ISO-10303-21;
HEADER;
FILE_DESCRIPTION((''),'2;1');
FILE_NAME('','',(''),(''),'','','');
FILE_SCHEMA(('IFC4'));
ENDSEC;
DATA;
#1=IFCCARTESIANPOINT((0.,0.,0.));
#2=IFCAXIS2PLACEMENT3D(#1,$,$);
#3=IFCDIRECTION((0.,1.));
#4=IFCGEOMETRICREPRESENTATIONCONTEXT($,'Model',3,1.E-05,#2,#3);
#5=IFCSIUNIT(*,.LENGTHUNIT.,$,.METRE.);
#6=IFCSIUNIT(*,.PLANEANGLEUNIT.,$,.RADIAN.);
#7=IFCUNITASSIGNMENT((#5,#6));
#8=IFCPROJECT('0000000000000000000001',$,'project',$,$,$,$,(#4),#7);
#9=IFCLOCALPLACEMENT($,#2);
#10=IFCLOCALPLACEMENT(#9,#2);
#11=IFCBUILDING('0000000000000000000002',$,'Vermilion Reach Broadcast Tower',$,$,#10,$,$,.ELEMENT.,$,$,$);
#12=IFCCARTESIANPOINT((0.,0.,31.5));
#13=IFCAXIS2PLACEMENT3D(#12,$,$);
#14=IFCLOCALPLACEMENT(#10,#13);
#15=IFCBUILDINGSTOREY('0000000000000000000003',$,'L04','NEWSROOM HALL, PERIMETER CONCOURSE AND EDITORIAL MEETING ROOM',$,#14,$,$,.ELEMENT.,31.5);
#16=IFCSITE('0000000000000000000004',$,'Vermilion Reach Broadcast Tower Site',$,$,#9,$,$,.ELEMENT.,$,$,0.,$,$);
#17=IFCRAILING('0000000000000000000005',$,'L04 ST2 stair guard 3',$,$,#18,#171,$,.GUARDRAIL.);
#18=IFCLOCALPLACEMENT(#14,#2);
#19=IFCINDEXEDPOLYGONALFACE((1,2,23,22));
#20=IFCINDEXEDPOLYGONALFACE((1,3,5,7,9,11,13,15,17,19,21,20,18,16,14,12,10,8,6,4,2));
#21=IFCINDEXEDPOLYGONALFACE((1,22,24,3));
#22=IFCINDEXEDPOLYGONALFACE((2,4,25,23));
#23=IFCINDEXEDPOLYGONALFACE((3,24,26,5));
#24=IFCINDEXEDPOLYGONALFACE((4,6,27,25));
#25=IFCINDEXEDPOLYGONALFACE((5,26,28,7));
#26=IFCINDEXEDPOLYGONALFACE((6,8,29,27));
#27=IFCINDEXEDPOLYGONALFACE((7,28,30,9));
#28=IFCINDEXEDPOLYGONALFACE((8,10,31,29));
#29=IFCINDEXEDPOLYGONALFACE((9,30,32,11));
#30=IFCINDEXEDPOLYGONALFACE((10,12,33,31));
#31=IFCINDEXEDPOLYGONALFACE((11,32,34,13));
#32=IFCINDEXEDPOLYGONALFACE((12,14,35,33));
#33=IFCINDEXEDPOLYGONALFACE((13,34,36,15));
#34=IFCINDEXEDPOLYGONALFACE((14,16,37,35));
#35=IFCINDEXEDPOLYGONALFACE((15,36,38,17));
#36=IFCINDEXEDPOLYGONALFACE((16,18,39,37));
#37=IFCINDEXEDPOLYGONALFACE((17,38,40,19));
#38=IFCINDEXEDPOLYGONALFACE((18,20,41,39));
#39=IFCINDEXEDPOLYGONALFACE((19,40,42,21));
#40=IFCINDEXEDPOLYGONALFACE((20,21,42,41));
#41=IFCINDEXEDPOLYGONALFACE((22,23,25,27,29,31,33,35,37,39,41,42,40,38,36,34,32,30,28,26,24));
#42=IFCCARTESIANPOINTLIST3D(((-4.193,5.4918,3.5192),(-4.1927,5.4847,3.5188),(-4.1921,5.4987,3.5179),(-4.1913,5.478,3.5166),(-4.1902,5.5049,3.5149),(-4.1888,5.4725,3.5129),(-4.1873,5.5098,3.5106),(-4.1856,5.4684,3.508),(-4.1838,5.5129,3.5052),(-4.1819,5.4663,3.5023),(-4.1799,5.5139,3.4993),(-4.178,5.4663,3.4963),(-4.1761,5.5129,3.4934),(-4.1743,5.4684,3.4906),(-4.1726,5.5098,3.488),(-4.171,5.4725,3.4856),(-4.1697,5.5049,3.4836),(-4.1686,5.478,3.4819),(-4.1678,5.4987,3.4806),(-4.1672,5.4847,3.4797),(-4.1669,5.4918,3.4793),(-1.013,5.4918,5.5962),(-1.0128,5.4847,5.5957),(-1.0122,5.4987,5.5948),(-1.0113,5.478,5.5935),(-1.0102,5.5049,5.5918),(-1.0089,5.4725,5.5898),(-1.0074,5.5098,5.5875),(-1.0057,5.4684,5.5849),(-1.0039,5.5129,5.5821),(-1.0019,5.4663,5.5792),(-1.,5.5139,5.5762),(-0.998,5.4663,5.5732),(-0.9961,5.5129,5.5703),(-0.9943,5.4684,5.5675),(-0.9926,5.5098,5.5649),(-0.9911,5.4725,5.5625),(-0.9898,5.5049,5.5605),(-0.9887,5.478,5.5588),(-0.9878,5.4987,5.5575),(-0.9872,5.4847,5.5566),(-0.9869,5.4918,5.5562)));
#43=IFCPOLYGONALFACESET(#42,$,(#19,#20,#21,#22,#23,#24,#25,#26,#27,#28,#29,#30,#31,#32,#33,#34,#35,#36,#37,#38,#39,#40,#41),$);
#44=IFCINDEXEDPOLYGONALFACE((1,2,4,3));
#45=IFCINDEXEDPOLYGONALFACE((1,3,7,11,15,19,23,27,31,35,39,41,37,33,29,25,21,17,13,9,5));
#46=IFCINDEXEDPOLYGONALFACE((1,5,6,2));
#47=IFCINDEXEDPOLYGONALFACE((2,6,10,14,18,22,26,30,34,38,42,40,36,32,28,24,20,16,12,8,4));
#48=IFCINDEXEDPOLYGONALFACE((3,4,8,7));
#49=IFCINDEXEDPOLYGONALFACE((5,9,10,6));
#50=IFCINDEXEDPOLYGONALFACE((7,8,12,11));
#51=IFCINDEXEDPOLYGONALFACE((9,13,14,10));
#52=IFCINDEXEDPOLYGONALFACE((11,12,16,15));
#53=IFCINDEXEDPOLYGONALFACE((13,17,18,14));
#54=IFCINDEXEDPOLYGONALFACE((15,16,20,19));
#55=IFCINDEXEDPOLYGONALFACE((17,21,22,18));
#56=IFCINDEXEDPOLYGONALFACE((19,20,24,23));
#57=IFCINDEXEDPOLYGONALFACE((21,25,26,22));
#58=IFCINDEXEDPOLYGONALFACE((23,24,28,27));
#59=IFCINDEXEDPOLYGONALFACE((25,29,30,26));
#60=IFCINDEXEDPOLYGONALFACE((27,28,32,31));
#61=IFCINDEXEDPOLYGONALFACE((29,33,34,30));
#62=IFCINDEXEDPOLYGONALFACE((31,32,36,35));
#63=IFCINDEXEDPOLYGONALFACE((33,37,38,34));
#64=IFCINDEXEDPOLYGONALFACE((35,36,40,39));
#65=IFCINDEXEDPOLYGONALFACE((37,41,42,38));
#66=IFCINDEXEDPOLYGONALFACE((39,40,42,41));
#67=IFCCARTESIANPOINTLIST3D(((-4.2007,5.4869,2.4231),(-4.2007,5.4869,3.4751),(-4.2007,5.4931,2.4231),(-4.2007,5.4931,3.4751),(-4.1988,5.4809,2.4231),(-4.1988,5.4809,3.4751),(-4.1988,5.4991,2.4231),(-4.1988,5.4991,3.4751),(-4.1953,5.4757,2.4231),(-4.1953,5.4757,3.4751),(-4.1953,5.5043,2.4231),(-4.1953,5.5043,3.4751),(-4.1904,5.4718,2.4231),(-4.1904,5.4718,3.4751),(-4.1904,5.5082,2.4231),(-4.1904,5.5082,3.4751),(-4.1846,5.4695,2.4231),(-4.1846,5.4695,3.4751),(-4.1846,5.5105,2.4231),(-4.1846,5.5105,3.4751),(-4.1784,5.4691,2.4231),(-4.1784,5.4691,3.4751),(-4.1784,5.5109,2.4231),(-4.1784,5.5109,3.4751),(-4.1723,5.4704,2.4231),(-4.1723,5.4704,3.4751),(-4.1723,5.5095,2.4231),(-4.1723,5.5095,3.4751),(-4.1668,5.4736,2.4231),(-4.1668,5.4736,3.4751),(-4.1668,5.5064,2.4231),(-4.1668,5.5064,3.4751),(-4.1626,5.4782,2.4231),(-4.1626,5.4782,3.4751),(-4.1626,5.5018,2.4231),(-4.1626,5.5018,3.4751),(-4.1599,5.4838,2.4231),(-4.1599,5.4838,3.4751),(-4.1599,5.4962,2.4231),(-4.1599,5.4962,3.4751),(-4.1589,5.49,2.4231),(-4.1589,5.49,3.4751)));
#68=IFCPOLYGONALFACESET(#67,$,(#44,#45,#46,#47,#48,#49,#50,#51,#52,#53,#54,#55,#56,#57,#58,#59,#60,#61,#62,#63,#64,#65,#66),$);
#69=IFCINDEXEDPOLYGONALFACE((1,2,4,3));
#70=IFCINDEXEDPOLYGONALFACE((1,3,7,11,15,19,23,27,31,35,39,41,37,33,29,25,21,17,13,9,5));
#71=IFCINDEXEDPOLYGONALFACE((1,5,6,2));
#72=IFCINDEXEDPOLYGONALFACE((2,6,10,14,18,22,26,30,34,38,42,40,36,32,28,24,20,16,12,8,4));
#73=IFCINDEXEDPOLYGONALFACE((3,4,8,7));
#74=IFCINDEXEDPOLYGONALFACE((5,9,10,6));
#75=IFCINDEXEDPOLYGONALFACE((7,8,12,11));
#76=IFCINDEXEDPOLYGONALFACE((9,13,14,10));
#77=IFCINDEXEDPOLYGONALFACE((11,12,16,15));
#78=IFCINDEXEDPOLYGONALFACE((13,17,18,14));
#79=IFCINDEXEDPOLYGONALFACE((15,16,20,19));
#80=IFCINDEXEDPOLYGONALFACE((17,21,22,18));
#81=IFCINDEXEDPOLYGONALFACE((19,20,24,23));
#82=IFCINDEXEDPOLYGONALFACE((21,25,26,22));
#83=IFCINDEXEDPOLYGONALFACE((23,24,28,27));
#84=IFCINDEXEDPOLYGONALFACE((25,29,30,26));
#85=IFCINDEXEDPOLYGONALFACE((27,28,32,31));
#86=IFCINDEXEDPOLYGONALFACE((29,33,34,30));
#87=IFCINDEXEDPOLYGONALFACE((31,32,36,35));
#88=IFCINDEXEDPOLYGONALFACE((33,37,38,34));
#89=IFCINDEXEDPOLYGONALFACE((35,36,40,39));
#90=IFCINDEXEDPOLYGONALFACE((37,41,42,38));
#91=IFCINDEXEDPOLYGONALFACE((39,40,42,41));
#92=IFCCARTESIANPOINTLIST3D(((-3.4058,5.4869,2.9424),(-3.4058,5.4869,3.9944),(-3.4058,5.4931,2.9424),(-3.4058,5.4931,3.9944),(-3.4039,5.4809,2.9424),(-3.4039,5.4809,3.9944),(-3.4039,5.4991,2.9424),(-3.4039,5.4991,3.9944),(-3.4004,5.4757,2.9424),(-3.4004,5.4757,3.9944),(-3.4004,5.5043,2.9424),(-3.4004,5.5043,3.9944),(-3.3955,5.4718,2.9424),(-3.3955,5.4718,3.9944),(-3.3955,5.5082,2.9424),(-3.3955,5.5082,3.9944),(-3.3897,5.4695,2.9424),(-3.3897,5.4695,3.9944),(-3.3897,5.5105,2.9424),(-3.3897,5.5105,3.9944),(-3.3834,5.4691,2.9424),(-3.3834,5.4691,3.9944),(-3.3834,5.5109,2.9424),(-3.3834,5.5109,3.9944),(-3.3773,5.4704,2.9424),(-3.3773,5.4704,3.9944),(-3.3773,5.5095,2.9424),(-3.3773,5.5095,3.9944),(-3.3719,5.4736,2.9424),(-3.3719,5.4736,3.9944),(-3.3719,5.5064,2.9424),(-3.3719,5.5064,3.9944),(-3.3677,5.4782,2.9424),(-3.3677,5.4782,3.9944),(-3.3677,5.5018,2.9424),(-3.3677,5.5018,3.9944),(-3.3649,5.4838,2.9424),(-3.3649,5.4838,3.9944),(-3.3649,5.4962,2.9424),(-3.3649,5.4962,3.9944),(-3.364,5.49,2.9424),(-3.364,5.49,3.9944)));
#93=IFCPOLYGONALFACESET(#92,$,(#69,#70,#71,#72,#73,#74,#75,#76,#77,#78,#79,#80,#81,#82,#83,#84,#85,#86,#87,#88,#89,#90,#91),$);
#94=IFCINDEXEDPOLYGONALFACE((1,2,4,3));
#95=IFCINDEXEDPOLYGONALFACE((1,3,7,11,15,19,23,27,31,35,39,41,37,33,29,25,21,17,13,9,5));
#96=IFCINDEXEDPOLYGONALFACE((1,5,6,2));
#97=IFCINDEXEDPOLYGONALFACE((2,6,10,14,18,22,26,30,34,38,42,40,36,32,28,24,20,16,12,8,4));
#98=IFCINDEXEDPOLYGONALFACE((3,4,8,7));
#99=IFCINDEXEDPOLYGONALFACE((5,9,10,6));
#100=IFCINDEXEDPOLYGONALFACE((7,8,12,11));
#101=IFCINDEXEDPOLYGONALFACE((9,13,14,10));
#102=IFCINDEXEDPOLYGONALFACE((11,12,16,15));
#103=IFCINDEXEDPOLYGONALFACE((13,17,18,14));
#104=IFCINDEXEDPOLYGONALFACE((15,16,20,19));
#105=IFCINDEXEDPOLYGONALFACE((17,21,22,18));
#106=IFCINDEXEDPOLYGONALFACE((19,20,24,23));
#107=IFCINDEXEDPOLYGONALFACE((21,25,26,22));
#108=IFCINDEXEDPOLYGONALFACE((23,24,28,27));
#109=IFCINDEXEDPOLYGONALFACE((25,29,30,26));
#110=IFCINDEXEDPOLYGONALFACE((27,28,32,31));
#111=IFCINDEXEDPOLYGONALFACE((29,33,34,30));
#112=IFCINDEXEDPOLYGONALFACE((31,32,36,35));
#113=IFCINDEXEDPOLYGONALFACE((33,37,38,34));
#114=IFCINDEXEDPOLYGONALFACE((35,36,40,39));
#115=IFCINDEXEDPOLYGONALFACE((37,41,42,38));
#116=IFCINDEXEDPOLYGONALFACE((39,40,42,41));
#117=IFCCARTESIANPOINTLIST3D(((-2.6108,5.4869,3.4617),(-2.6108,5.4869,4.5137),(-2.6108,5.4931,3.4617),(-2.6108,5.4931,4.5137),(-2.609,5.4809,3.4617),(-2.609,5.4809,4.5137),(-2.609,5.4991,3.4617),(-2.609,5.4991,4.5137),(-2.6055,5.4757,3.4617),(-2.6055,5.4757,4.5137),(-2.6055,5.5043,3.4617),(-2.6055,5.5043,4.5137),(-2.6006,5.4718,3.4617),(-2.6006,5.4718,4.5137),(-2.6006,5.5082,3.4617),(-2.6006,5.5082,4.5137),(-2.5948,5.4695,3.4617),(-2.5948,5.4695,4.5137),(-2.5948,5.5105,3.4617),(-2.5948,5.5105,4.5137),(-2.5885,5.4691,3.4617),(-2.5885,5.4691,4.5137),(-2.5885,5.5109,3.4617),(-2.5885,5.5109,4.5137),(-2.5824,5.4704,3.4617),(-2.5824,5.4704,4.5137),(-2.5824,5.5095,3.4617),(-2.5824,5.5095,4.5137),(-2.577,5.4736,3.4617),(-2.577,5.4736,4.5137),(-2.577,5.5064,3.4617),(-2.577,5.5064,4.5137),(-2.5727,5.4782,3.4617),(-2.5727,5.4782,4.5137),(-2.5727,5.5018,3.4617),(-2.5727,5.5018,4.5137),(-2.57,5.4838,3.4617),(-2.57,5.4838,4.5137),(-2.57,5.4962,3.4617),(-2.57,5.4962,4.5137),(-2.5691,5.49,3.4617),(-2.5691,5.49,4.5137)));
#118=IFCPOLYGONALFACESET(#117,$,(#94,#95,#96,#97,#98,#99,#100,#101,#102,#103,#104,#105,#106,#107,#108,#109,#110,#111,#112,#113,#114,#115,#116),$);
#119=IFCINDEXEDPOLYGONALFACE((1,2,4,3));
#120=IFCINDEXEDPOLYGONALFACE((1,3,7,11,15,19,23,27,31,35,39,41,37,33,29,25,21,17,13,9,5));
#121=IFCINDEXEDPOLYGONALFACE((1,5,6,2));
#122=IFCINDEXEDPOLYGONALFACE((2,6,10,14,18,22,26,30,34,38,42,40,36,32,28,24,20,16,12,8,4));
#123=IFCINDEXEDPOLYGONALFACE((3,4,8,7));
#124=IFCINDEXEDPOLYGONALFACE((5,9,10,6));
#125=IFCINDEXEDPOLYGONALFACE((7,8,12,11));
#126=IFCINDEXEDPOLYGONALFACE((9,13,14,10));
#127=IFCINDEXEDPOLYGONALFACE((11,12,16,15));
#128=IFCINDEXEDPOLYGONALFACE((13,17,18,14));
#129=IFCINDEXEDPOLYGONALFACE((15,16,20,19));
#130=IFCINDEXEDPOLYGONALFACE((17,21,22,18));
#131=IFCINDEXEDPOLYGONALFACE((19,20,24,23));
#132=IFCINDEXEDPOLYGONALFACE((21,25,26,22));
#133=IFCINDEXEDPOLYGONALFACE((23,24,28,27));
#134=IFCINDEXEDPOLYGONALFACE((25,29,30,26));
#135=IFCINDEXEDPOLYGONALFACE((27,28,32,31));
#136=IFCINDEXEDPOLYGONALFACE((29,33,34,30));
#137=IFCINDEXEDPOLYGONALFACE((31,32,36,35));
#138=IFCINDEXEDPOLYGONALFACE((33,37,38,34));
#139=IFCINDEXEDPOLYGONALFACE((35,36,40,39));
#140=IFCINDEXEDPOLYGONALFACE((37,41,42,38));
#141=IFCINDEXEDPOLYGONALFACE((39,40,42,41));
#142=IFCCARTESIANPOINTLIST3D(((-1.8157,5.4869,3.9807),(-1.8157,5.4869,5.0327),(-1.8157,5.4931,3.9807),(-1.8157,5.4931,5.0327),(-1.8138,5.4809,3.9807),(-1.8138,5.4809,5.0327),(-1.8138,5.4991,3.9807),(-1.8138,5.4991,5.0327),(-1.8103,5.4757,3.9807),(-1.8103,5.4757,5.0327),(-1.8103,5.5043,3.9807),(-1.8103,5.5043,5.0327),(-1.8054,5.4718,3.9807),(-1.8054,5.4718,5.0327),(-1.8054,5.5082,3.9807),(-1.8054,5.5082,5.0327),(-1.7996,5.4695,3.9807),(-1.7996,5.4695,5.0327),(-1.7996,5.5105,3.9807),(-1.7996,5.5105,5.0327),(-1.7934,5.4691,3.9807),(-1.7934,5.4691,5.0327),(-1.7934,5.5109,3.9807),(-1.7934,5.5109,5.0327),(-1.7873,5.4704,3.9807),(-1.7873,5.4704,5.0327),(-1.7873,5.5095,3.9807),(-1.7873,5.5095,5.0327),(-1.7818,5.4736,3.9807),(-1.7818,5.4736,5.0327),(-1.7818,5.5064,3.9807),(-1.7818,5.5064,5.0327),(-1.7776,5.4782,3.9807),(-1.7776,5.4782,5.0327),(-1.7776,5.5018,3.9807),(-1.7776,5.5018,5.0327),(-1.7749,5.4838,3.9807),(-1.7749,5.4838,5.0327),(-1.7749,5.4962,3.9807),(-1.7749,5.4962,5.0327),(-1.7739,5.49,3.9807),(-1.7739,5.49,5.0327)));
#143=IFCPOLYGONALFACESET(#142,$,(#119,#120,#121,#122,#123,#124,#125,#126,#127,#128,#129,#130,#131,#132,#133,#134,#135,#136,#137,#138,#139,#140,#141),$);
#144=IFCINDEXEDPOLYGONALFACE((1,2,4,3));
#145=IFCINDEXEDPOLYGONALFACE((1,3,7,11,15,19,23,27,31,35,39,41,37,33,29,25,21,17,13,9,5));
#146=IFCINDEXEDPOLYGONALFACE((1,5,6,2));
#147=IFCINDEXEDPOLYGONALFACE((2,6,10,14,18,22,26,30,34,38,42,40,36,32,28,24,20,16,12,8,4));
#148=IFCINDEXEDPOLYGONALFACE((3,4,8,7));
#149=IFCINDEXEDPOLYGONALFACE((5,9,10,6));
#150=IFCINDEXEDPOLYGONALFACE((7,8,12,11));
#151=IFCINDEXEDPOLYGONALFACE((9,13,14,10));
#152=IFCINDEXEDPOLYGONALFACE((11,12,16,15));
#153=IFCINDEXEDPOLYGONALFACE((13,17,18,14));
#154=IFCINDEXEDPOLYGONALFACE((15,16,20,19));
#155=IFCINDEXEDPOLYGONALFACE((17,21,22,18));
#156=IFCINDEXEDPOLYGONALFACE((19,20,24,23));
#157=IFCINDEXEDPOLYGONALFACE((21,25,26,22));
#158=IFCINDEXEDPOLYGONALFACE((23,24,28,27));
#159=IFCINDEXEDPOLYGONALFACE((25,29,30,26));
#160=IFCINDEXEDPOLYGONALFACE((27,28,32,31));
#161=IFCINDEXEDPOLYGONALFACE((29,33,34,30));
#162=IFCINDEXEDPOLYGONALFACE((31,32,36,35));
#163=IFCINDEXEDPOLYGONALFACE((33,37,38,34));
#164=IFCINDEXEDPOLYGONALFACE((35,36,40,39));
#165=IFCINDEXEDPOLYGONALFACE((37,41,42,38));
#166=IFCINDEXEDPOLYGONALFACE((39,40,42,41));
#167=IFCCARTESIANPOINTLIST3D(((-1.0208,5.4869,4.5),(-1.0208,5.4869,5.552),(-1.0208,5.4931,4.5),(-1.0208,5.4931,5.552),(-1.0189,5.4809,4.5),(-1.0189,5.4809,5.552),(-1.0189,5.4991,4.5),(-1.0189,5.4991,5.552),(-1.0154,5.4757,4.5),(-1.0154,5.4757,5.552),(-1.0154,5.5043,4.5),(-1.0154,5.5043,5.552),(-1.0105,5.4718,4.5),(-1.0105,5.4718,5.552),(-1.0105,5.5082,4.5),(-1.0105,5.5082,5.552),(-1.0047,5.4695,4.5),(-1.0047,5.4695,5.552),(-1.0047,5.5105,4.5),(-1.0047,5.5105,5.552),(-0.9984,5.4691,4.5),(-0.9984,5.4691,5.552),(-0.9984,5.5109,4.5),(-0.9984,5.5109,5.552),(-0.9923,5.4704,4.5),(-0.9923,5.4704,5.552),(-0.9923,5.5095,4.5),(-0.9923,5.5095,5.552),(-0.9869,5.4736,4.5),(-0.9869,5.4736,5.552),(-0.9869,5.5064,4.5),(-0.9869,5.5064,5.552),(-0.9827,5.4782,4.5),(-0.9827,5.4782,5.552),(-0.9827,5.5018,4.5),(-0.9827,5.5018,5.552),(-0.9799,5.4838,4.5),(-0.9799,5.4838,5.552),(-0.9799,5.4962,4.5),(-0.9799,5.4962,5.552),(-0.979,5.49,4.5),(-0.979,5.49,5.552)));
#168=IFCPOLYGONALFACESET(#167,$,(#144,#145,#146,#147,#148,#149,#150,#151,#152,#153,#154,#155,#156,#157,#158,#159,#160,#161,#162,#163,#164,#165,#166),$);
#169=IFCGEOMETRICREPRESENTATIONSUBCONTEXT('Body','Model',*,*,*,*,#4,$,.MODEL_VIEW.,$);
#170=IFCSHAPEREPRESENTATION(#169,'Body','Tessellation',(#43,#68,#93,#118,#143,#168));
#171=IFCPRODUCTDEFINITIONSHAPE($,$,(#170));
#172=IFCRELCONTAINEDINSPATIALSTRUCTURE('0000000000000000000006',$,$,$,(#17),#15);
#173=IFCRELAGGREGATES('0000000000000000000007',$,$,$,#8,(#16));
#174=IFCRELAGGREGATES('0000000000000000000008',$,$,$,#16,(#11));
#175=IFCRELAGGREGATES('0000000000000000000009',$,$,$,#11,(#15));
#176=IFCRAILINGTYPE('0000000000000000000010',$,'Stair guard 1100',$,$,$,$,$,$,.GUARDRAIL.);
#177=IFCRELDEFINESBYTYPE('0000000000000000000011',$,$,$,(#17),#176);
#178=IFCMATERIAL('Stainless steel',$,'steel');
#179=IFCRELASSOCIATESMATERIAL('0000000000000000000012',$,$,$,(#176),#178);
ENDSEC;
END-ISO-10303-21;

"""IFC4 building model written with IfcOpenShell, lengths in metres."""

from ifc_helpers import new_model, si_unit, direction, frame, origin, origin_2d, place, context, subcontext, project, spatial, circle, extrude, material, type_object, element, save


model = new_model("IFC4")

# Units and contexts
model_context = context("Model", 3, precision=1e-05, world=origin(), true_north=direction((0.0, 1.0)))
body_context = subcontext(model_context, "Body", "Model", "MODEL_VIEW")
ifc_project = project(units=[si_unit("LENGTHUNIT", "METRE"), si_unit("PLANEANGLEUNIT", "RADIAN")], contexts=[model_context])

# Site, building, storey
site_placement = place(None, origin())
site = spatial("IfcSite", under=ifc_project, at=site_placement, Name="Vermilion Reach Broadcast Tower Site", CompositionType="ELEMENT", RefElevation=0.0)
building_placement = place(site_placement, origin())
building = spatial("IfcBuilding", under=site, at=building_placement, Name="Vermilion Reach Broadcast Tower", CompositionType="ELEMENT")
storey_placement = place(building_placement, frame((0.0, 0.0, 31.5)))
storey = spatial("IfcBuildingStorey", under=building, at=storey_placement, Name="L04", Description="NEWSROOM HALL, PERIMETER CONCOURSE AND EDITORIAL MEETING ROOM", CompositionType="ELEMENT", Elevation=31.5)

# Railing
ifc_material_1 = material(Name="Stainless steel", Category="steel")
railing_type_1 = type_object("IfcRailingType", Name="Stair guard 1100", PredefinedType="GUARDRAIL", material=ifc_material_1)
railing_1_placement = place(storey_placement, frame((-4.1799, 5.49, 2.4231)))
element("IfcRailing", 1, at=railing_1_placement, inside=storey, type_object=railing_type_1, Name="L04 ST2 stair guard 3", PredefinedType="GUARDRAIL", context=body_context, shape_type="SweptSolid", body=[
    extrude(circle(Radius=0.0239, at=origin_2d()), frame((0.0, 0.0, 1.0762), z_axis=(0.837245, 0.0, 0.546828), x_axis=(0.0, 1.0, 0.0)), (0.0, 0.0, 1.0), 3.7981),
    extrude(circle(Radius=0.021, at=origin_2d()), origin(), (0.0, 0.0, 1.0), 1.052),
    extrude(circle(Radius=0.021, at=origin_2d()), frame((0.7949, 0.0, 0.5193)), (0.0, 0.0, 1.0), 1.052),
    extrude(circle(Radius=0.021, at=origin_2d()), frame((1.5898, 0.0, 1.0386)), (0.0, 0.0, 1.0), 1.052),
    extrude(circle(Radius=0.021, at=origin_2d()), frame((2.385, 0.0, 1.5576)), (0.0, 0.0, 1.0), 1.052),
    extrude(circle(Radius=0.021, at=origin_2d()), frame((3.1799, 0.0, 2.0769)), (0.0, 0.0, 1.0), 1.052),
])

save(model, "model.ifc")
